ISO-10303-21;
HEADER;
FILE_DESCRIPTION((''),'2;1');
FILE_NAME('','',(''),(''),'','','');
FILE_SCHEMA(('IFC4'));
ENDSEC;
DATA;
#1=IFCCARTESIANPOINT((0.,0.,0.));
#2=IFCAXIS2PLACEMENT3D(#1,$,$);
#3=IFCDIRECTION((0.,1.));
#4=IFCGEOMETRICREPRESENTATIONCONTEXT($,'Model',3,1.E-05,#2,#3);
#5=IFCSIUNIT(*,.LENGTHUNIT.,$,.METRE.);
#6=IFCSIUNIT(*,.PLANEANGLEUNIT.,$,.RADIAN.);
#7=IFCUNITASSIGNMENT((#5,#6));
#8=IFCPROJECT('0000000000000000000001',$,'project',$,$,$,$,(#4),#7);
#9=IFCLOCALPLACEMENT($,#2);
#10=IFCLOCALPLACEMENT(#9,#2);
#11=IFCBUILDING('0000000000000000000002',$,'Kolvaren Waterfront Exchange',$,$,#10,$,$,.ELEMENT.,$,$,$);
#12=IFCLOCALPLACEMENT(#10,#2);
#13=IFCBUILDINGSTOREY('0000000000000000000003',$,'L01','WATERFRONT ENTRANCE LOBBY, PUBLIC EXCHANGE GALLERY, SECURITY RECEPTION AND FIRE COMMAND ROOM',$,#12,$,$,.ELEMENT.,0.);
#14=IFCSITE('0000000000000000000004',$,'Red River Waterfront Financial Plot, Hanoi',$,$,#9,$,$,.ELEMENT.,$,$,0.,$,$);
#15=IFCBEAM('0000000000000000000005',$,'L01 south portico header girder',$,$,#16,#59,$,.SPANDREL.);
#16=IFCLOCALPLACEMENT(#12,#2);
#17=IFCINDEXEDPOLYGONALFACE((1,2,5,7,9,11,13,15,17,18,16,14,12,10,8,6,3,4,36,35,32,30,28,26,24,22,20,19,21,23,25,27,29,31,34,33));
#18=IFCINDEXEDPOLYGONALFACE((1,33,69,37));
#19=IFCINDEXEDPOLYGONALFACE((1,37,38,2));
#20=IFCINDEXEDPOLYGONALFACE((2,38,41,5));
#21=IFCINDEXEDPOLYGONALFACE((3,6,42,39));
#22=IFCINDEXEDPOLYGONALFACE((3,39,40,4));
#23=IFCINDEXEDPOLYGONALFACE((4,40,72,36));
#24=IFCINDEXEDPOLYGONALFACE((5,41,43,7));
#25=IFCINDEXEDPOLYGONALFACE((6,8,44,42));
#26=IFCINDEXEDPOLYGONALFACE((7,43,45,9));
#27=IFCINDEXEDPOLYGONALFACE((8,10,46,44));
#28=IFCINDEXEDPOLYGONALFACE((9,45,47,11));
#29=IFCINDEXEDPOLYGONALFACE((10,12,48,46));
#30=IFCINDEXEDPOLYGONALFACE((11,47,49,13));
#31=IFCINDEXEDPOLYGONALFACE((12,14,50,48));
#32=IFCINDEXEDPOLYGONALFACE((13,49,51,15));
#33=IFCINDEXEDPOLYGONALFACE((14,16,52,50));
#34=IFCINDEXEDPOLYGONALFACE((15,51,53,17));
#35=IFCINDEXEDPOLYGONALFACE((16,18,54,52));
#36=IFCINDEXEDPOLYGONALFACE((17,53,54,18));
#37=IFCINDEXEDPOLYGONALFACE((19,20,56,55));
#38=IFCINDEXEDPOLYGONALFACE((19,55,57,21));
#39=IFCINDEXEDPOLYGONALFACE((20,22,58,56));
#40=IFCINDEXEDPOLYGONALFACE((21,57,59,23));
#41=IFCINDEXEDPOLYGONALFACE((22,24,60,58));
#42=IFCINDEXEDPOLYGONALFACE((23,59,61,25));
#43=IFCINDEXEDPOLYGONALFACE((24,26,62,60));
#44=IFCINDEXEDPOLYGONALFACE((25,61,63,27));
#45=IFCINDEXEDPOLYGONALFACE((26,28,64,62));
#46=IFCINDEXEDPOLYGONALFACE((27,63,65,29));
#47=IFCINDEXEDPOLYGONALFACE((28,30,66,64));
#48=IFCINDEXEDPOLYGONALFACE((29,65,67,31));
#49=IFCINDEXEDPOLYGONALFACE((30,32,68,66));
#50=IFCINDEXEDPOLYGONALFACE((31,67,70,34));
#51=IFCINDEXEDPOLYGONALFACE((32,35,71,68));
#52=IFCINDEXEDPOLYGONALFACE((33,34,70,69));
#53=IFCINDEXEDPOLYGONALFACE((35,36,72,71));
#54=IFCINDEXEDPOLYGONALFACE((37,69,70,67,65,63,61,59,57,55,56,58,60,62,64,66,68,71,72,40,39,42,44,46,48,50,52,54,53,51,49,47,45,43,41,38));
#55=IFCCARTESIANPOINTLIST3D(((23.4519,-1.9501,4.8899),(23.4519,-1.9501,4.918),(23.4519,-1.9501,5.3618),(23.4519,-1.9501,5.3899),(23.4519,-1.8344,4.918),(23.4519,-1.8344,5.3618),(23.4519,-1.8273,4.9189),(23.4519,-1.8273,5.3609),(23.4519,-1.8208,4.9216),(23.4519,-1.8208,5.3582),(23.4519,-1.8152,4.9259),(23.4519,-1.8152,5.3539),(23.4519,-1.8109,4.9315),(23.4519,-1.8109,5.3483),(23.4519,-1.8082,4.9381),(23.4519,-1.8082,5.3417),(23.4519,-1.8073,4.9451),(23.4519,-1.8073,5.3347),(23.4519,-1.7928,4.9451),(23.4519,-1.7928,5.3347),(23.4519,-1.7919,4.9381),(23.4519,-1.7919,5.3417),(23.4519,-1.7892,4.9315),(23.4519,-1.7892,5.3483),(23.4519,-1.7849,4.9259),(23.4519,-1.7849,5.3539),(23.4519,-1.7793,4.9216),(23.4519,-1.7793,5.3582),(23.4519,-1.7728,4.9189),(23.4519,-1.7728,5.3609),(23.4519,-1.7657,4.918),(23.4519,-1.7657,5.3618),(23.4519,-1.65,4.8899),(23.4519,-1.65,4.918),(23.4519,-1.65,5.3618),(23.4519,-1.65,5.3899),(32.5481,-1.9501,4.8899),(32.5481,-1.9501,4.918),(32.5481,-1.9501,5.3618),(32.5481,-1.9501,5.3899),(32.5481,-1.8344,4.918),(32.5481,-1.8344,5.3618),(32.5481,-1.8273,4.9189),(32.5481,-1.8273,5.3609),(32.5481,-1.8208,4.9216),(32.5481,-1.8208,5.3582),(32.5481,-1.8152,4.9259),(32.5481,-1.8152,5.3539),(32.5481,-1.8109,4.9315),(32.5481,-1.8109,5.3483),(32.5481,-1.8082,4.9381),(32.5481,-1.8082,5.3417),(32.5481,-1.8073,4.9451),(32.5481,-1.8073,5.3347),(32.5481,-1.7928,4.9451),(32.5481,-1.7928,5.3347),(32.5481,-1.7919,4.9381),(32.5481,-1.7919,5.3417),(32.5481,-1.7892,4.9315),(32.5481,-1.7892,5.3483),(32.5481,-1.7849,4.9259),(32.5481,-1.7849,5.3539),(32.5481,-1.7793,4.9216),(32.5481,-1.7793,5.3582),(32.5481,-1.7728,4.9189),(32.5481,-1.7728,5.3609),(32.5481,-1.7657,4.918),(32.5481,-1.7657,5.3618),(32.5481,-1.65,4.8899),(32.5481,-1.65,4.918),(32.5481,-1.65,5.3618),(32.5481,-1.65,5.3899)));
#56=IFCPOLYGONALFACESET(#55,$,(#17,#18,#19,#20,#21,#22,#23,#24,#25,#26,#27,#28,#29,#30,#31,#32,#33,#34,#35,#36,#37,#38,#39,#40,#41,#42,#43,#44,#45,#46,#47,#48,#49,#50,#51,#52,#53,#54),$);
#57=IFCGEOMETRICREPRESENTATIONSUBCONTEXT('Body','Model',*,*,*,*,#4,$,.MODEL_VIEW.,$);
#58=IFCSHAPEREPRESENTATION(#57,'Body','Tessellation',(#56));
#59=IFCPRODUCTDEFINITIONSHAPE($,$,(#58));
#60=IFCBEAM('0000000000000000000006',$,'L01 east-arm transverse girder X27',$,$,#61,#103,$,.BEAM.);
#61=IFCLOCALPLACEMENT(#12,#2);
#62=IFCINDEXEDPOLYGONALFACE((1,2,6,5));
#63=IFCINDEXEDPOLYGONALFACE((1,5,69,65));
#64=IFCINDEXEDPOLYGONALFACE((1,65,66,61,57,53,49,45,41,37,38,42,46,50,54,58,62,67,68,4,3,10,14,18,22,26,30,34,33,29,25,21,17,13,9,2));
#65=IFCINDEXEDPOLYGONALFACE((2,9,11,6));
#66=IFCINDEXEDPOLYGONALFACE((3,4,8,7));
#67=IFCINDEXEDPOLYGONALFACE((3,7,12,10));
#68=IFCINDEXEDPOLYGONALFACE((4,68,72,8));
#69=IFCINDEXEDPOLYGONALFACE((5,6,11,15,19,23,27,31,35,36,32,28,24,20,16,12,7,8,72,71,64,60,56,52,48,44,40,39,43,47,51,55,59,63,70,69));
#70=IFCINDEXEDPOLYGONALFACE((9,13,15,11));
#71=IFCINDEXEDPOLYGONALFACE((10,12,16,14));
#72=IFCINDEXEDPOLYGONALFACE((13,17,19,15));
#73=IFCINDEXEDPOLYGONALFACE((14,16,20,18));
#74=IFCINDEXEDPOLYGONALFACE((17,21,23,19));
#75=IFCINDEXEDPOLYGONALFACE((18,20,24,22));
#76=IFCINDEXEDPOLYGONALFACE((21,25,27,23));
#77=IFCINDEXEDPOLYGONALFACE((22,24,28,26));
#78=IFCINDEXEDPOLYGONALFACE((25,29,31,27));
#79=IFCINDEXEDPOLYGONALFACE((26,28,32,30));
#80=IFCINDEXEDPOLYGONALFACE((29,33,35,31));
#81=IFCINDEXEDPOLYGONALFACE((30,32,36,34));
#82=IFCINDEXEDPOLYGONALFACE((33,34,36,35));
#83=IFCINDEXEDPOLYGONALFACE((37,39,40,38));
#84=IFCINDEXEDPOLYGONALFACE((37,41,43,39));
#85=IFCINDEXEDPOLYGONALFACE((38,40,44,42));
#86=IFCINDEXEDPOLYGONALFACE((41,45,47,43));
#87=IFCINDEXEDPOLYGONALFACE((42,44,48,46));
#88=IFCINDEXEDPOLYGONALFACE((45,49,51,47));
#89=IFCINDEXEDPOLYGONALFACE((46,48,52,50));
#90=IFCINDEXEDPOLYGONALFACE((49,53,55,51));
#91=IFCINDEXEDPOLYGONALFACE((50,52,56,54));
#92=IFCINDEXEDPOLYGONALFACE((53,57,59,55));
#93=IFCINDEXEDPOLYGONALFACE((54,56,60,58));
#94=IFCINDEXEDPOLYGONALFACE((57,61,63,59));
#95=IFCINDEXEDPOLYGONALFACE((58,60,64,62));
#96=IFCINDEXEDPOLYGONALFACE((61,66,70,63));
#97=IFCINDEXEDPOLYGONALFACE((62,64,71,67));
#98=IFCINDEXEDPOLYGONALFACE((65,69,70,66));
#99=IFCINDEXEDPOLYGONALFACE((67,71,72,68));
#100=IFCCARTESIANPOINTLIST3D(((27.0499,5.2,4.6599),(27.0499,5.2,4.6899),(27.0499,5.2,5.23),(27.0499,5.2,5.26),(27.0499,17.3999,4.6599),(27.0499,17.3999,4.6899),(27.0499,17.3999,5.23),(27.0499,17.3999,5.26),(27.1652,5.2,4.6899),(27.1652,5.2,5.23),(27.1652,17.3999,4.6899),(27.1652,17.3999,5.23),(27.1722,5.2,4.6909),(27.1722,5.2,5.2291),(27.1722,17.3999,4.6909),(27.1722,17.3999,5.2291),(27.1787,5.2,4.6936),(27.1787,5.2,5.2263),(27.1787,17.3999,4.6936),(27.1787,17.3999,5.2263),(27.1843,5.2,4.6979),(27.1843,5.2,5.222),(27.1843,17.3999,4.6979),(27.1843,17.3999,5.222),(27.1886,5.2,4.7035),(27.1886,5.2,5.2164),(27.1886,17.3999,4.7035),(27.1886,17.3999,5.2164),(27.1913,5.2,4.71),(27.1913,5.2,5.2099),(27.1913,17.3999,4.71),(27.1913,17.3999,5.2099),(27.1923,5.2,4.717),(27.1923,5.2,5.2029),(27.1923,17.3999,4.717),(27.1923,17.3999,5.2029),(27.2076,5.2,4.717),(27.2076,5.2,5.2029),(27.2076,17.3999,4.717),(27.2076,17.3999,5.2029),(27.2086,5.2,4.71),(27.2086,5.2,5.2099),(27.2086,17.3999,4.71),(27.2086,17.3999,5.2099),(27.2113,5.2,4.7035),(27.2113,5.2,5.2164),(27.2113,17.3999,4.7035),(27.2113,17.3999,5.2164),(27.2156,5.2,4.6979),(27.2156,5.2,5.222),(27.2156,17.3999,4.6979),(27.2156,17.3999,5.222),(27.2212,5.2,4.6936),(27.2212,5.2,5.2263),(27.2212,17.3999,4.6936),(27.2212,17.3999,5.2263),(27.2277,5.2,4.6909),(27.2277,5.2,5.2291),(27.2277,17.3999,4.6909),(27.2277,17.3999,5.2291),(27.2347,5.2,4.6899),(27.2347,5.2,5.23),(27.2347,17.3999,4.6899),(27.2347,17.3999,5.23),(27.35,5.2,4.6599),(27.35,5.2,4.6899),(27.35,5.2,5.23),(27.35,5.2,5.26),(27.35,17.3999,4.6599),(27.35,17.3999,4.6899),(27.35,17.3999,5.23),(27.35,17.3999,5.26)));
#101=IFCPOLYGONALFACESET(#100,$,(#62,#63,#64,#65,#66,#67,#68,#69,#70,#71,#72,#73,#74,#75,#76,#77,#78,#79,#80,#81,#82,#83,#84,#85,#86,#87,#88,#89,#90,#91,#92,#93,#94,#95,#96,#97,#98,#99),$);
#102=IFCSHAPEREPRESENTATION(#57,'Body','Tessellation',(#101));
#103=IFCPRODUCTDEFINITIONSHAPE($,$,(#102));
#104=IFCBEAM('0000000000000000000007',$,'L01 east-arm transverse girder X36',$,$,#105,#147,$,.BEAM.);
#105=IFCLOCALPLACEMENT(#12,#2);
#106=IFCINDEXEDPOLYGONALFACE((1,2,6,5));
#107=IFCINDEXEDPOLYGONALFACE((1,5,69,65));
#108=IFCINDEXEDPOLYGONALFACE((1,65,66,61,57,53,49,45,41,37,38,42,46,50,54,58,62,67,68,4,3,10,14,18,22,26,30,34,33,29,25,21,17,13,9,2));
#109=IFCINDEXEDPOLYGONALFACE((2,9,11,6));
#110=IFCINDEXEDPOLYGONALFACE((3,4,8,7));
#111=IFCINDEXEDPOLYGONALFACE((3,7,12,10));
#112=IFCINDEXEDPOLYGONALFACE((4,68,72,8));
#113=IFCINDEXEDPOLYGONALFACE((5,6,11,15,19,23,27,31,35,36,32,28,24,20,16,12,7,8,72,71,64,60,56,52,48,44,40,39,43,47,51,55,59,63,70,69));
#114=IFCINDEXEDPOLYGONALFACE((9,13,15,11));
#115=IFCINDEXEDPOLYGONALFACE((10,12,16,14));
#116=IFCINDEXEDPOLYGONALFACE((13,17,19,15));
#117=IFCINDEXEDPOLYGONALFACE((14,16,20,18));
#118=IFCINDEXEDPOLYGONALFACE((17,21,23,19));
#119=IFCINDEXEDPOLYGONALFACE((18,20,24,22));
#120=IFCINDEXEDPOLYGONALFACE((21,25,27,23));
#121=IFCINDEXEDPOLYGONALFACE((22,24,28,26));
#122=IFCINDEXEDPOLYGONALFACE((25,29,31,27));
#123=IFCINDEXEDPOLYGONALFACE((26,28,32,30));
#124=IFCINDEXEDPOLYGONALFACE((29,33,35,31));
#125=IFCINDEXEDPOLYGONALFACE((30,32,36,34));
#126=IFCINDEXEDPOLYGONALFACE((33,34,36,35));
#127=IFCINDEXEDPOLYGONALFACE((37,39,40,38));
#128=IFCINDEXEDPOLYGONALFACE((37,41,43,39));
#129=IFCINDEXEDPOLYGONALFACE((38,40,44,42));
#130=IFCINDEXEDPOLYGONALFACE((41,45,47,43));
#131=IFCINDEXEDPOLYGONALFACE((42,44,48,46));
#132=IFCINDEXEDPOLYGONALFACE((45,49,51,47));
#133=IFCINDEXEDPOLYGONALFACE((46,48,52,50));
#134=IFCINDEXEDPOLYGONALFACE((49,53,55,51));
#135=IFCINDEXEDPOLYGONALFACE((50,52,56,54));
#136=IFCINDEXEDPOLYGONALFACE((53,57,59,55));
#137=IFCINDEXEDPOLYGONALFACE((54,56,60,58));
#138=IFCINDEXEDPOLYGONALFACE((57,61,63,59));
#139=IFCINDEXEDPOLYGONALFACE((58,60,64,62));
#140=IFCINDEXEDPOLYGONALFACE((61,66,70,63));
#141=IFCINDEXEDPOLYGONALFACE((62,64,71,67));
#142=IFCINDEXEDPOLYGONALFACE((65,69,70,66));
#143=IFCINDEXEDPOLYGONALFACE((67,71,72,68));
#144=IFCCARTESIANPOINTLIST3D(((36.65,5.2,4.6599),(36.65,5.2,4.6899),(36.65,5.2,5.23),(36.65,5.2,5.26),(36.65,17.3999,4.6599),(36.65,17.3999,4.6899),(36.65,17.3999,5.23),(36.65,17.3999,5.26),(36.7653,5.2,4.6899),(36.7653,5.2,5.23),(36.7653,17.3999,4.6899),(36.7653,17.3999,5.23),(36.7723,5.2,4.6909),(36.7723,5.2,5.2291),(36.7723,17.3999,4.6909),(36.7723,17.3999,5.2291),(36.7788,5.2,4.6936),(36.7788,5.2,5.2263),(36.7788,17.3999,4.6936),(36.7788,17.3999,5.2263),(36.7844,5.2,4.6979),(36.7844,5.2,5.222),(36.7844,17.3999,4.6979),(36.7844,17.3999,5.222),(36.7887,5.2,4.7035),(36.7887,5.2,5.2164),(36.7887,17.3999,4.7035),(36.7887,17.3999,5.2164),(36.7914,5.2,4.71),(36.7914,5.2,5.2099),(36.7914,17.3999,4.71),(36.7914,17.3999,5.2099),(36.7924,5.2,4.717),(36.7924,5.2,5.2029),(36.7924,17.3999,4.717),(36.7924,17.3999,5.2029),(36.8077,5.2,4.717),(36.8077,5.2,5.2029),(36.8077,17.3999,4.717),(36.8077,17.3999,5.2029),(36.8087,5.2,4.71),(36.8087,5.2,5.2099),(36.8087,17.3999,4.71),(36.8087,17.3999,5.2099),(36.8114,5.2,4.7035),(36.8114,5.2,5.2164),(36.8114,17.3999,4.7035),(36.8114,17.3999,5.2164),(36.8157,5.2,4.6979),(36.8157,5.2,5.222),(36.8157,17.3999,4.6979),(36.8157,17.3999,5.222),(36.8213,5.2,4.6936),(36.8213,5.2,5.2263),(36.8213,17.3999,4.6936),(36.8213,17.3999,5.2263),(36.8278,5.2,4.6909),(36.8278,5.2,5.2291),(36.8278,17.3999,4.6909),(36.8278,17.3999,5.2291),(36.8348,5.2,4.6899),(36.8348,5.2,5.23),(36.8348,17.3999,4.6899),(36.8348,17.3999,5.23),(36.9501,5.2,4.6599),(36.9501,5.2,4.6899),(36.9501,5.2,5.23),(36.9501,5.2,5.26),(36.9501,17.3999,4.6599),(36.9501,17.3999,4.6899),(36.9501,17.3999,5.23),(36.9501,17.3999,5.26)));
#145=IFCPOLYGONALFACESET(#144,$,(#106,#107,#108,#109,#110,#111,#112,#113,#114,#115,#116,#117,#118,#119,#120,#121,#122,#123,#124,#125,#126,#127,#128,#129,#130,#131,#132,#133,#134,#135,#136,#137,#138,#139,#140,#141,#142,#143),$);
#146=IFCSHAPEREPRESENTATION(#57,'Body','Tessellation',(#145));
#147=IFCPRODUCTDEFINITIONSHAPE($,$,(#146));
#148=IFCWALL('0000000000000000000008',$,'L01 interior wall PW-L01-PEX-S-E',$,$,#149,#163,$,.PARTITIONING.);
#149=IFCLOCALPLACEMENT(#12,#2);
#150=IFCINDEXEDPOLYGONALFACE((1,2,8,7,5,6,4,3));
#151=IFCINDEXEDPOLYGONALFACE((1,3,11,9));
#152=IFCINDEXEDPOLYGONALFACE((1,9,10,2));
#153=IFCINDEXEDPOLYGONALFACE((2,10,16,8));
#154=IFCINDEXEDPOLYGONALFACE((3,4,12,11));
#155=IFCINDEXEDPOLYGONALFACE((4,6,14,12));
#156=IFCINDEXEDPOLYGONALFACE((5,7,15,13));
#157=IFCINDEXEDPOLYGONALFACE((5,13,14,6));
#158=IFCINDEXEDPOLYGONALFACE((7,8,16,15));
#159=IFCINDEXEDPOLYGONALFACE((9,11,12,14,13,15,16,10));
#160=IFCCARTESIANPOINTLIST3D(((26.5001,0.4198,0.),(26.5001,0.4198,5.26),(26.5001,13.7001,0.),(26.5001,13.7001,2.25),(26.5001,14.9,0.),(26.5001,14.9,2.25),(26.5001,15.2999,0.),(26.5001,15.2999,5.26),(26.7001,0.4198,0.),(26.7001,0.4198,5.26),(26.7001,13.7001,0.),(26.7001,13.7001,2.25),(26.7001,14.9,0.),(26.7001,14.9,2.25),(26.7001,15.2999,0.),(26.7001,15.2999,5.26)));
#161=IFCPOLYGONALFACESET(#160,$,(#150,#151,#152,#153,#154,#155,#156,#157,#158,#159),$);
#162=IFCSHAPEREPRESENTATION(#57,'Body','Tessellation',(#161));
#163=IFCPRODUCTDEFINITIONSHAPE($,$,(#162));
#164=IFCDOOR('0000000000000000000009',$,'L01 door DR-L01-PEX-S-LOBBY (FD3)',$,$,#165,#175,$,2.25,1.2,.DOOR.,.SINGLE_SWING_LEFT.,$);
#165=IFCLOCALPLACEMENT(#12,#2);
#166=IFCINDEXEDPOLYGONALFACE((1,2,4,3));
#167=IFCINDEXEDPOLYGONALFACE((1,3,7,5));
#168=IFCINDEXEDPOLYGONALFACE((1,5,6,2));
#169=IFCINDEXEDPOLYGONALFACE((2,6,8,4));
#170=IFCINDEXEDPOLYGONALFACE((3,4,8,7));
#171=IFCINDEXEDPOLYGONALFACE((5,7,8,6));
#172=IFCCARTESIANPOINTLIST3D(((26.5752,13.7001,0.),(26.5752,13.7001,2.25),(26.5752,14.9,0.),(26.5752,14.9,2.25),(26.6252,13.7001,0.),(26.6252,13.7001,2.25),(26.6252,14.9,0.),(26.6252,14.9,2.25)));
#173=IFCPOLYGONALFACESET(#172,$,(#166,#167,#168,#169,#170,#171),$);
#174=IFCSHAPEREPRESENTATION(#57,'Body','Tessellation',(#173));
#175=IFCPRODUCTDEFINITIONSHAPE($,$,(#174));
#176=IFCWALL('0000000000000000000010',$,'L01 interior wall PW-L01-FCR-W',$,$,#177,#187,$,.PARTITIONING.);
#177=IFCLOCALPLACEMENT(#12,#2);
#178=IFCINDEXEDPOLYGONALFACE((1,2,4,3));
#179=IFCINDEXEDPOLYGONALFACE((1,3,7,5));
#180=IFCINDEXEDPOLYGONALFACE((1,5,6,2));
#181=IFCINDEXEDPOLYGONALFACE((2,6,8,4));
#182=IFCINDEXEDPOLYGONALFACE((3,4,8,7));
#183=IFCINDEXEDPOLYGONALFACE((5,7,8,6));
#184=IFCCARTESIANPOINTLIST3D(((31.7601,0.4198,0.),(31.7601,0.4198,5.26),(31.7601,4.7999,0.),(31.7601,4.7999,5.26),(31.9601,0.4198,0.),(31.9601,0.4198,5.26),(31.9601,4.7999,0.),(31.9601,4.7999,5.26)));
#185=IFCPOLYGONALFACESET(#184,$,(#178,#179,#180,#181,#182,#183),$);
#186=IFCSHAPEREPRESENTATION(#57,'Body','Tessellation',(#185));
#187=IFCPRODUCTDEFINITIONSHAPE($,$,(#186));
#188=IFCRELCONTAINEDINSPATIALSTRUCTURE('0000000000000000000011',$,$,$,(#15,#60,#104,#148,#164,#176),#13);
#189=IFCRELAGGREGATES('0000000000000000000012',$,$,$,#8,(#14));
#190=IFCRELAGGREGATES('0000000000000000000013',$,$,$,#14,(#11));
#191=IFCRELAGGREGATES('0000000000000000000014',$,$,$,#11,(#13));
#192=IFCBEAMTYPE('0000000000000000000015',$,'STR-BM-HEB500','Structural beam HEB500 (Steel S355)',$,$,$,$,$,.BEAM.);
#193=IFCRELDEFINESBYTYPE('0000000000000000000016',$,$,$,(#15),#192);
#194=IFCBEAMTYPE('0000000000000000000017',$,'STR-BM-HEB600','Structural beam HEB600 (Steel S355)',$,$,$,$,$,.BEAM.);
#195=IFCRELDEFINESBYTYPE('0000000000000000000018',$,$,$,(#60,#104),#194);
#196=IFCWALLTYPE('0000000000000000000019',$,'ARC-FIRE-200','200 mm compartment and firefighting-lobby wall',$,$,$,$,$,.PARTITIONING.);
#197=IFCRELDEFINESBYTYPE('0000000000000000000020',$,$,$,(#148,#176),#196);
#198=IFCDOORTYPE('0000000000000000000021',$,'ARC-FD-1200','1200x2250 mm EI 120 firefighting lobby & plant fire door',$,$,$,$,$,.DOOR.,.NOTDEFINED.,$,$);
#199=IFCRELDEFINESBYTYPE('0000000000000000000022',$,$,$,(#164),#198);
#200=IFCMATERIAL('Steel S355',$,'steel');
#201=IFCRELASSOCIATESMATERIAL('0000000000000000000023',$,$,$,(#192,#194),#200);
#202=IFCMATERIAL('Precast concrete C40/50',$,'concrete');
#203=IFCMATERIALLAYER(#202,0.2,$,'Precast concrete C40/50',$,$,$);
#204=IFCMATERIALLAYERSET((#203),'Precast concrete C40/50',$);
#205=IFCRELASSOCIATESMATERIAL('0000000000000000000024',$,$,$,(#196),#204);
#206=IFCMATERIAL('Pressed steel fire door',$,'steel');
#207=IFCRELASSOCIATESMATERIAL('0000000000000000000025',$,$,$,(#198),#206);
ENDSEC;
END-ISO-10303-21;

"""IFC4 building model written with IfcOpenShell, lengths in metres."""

from ifc_helpers import new_model, si_unit, direction, frame, frame_2d, origin, origin_2d, place, context, subcontext, project, spatial, rectangle, i_section, extrude, material, layer, layer_set, material_profile, profile_set, type_object, element, fill, save


model = new_model("IFC4")

# Units and contexts
model_context = context("Model", 3, precision=1e-05, world=origin(), true_north=direction((0.0, 1.0)))
body_context = subcontext(model_context, "Body", "Model", "MODEL_VIEW")
ifc_project = project(units=[si_unit("LENGTHUNIT", "METRE"), si_unit("PLANEANGLEUNIT", "RADIAN")], contexts=[model_context])

# Site, building, storey
site_placement = place(None, origin())
site = spatial("IfcSite", under=ifc_project, at=site_placement, Name="Red River Waterfront Financial Plot, Hanoi", CompositionType="ELEMENT", RefElevation=0.0)
building_placement = place(site_placement, origin())
building = spatial("IfcBuilding", under=site, at=building_placement, Name="Kolvaren Waterfront Exchange", CompositionType="ELEMENT")
storey_placement = place(building_placement, origin())
storey = spatial("IfcBuildingStorey", under=building, at=storey_placement, Name="L01", Description="WATERFRONT ENTRANCE LOBBY, PUBLIC EXCHANGE GALLERY, SECURITY RECEPTION AND FIRE COMMAND ROOM", CompositionType="ELEMENT", Elevation=0.0)

# Beams
ifc_material_1 = material(Name="Steel S355", Category="steel")
ifc_material_profile_1 = material_profile(ifc_material_1, i_section(OverallWidth=0.3, OverallDepth=0.5, WebThickness=0.0144, FlangeThickness=0.0281, FilletRadius=0.0271, at=origin_2d()), Name="HEB500")
ifc_profile_set_1 = profile_set([ifc_material_profile_1], Name="Steel S355")
beam_type_1 = type_object("IfcBeamType", Name="STR-BM-HEB500", Description="Structural beam HEB500 (Steel S355)", PredefinedType="BEAM", material=ifc_profile_set_1)
beam_1_placement = place(storey_placement, frame((23.4519, -1.8, 5.1399), z_axis=(1.0, 0.0, 0.0), x_axis=(0.0, 1.0, 0.0)))
element("IfcBeam", 1, at=beam_1_placement, inside=storey, type_object=beam_type_1, Name="L01 south portico header girder", PredefinedType="SPANDREL", context=body_context, shape_type="SweptSolid", body=[
    extrude(i_section(OverallWidth=0.3, OverallDepth=0.5, WebThickness=0.0144, FlangeThickness=0.0281, FilletRadius=0.0271, at=origin_2d()), origin(), (0.0, 0.0, 1.0), 9.0962),
])
ifc_material_profile_2 = material_profile(ifc_material_1, i_section(OverallWidth=0.3, OverallDepth=0.6001, WebThickness=0.0154, FlangeThickness=0.03, FilletRadius=0.0271, at=origin_2d()), Name="HEB600")
ifc_profile_set_2 = profile_set([ifc_material_profile_2], Name="Steel S355")
beam_type_2 = type_object("IfcBeamType", Name="STR-BM-HEB600", Description="Structural beam HEB600 (Steel S355)", PredefinedType="BEAM", material=ifc_profile_set_2)
for number, where, z_axis, x_axis, name in (
    (2, (27.2, 5.2, 4.96), (0.0, 1.0, 0.0), (-1.0, 0.0, 0.0), "L01 east-arm transverse girder X27"),
    (3, (36.8, 5.2, 4.96), (0.0, 1.0, 0.0), (-1.0, 0.0, 0.0), "L01 east-arm transverse girder X36"),
):
    element("IfcBeam", number, at=place(storey_placement, frame(where, z_axis=z_axis, x_axis=x_axis)), inside=storey, type_object=beam_type_2, Name=name, PredefinedType="BEAM", context=body_context, shape_type="SweptSolid", body=[
        extrude(i_section(OverallWidth=0.3, OverallDepth=0.6001, WebThickness=0.0154, FlangeThickness=0.03, FilletRadius=0.0271, at=origin_2d()), origin(), (0.0, 0.0, 1.0), 12.2),
    ])

# Wall, opening, door
ifc_material_2 = material(Name="Precast concrete C40/50", Category="concrete")
ifc_layer_1 = layer(ifc_material_2, 0.2, Name="Precast concrete C40/50")
ifc_layer_set_1 = layer_set([ifc_layer_1], Name="Precast concrete C40/50")
wall_type_1 = type_object("IfcWallType", Name="ARC-FIRE-200", Description="200 mm compartment and firefighting-lobby wall", PredefinedType="PARTITIONING", material=ifc_layer_set_1)
wall_1_placement = place(storey_placement, frame((26.6001, 0.4199, 0.0), z_axis=(0.0, 0.0, 1.0), x_axis=(0.0, 1.0, 0.0)))
wall_1 = element("IfcWall", 4, at=wall_1_placement, inside=storey, type_object=wall_type_1, Name="L01 interior wall PW-L01-PEX-S-E", PredefinedType="PARTITIONING", context=body_context, shape_type="SweptSolid", body=[
    extrude(rectangle(XDim=14.8801, YDim=0.2, at=frame_2d((7.4399, 0.0))), origin(), (0.0, 0.0, 1.0), 5.26),
])
opening_placement = place(wall_1_placement, frame((13.28, 0.0, 0.0)))
opening = element("IfcOpeningElement", 5, at=opening_placement, cuts=wall_1, PredefinedType="OPENING", context=body_context, shape_type="SweptSolid", body=[
    extrude(rectangle(XDim=1.2, YDim=2.25, at=frame_2d((0.6001, 1.125))), frame((0.0, 0.1099, 0.0), z_axis=(0.0, -1.0, 0.0), x_axis=(1.0, 0.0, 0.0)), (0.0, 0.0, 1.0), 0.22),
])
ifc_material_3 = material(Name="Pressed steel fire door", Category="steel")
door_type = type_object("IfcDoorType", Name="ARC-FD-1200", Description="1200x2250 mm EI 120 firefighting lobby & plant fire door", OperationType="NOTDEFINED", PredefinedType="DOOR", material=ifc_material_3)
door_placement = place(opening_placement, origin())
door = element("IfcDoor", 6, at=door_placement, inside=storey, type_object=door_type, Name="L01 door DR-L01-PEX-S-LOBBY (FD3)", OperationType="SINGLE_SWING_LEFT", OverallHeight=2.25, OverallWidth=1.2, PredefinedType="DOOR", context=body_context, shape_type="SweptSolid", body=[
    extrude(rectangle(XDim=1.2, YDim=2.25, at=frame_2d((0.6001, 1.125))), frame((0.0, 0.0249, 0.0), z_axis=(0.0, -1.0, 0.0), x_axis=(1.0, 0.0, 0.0)), (0.0, 0.0, 1.0), 0.05),
])
fill(opening, door)

# Wall
wall_2_placement = place(storey_placement, frame((31.8601, 0.4199, 0.0), z_axis=(0.0, 0.0, 1.0), x_axis=(0.0, 1.0, 0.0)))
element("IfcWall", 7, at=wall_2_placement, inside=storey, type_object=wall_type_1, Name="L01 interior wall PW-L01-FCR-W", PredefinedType="PARTITIONING", context=body_context, shape_type="SweptSolid", body=[
    extrude(rectangle(XDim=4.3801, YDim=0.2, at=frame_2d((2.1899, 0.0))), origin(), (0.0, 0.0, 1.0), 5.26),
])

save(model, "model.ifc")
